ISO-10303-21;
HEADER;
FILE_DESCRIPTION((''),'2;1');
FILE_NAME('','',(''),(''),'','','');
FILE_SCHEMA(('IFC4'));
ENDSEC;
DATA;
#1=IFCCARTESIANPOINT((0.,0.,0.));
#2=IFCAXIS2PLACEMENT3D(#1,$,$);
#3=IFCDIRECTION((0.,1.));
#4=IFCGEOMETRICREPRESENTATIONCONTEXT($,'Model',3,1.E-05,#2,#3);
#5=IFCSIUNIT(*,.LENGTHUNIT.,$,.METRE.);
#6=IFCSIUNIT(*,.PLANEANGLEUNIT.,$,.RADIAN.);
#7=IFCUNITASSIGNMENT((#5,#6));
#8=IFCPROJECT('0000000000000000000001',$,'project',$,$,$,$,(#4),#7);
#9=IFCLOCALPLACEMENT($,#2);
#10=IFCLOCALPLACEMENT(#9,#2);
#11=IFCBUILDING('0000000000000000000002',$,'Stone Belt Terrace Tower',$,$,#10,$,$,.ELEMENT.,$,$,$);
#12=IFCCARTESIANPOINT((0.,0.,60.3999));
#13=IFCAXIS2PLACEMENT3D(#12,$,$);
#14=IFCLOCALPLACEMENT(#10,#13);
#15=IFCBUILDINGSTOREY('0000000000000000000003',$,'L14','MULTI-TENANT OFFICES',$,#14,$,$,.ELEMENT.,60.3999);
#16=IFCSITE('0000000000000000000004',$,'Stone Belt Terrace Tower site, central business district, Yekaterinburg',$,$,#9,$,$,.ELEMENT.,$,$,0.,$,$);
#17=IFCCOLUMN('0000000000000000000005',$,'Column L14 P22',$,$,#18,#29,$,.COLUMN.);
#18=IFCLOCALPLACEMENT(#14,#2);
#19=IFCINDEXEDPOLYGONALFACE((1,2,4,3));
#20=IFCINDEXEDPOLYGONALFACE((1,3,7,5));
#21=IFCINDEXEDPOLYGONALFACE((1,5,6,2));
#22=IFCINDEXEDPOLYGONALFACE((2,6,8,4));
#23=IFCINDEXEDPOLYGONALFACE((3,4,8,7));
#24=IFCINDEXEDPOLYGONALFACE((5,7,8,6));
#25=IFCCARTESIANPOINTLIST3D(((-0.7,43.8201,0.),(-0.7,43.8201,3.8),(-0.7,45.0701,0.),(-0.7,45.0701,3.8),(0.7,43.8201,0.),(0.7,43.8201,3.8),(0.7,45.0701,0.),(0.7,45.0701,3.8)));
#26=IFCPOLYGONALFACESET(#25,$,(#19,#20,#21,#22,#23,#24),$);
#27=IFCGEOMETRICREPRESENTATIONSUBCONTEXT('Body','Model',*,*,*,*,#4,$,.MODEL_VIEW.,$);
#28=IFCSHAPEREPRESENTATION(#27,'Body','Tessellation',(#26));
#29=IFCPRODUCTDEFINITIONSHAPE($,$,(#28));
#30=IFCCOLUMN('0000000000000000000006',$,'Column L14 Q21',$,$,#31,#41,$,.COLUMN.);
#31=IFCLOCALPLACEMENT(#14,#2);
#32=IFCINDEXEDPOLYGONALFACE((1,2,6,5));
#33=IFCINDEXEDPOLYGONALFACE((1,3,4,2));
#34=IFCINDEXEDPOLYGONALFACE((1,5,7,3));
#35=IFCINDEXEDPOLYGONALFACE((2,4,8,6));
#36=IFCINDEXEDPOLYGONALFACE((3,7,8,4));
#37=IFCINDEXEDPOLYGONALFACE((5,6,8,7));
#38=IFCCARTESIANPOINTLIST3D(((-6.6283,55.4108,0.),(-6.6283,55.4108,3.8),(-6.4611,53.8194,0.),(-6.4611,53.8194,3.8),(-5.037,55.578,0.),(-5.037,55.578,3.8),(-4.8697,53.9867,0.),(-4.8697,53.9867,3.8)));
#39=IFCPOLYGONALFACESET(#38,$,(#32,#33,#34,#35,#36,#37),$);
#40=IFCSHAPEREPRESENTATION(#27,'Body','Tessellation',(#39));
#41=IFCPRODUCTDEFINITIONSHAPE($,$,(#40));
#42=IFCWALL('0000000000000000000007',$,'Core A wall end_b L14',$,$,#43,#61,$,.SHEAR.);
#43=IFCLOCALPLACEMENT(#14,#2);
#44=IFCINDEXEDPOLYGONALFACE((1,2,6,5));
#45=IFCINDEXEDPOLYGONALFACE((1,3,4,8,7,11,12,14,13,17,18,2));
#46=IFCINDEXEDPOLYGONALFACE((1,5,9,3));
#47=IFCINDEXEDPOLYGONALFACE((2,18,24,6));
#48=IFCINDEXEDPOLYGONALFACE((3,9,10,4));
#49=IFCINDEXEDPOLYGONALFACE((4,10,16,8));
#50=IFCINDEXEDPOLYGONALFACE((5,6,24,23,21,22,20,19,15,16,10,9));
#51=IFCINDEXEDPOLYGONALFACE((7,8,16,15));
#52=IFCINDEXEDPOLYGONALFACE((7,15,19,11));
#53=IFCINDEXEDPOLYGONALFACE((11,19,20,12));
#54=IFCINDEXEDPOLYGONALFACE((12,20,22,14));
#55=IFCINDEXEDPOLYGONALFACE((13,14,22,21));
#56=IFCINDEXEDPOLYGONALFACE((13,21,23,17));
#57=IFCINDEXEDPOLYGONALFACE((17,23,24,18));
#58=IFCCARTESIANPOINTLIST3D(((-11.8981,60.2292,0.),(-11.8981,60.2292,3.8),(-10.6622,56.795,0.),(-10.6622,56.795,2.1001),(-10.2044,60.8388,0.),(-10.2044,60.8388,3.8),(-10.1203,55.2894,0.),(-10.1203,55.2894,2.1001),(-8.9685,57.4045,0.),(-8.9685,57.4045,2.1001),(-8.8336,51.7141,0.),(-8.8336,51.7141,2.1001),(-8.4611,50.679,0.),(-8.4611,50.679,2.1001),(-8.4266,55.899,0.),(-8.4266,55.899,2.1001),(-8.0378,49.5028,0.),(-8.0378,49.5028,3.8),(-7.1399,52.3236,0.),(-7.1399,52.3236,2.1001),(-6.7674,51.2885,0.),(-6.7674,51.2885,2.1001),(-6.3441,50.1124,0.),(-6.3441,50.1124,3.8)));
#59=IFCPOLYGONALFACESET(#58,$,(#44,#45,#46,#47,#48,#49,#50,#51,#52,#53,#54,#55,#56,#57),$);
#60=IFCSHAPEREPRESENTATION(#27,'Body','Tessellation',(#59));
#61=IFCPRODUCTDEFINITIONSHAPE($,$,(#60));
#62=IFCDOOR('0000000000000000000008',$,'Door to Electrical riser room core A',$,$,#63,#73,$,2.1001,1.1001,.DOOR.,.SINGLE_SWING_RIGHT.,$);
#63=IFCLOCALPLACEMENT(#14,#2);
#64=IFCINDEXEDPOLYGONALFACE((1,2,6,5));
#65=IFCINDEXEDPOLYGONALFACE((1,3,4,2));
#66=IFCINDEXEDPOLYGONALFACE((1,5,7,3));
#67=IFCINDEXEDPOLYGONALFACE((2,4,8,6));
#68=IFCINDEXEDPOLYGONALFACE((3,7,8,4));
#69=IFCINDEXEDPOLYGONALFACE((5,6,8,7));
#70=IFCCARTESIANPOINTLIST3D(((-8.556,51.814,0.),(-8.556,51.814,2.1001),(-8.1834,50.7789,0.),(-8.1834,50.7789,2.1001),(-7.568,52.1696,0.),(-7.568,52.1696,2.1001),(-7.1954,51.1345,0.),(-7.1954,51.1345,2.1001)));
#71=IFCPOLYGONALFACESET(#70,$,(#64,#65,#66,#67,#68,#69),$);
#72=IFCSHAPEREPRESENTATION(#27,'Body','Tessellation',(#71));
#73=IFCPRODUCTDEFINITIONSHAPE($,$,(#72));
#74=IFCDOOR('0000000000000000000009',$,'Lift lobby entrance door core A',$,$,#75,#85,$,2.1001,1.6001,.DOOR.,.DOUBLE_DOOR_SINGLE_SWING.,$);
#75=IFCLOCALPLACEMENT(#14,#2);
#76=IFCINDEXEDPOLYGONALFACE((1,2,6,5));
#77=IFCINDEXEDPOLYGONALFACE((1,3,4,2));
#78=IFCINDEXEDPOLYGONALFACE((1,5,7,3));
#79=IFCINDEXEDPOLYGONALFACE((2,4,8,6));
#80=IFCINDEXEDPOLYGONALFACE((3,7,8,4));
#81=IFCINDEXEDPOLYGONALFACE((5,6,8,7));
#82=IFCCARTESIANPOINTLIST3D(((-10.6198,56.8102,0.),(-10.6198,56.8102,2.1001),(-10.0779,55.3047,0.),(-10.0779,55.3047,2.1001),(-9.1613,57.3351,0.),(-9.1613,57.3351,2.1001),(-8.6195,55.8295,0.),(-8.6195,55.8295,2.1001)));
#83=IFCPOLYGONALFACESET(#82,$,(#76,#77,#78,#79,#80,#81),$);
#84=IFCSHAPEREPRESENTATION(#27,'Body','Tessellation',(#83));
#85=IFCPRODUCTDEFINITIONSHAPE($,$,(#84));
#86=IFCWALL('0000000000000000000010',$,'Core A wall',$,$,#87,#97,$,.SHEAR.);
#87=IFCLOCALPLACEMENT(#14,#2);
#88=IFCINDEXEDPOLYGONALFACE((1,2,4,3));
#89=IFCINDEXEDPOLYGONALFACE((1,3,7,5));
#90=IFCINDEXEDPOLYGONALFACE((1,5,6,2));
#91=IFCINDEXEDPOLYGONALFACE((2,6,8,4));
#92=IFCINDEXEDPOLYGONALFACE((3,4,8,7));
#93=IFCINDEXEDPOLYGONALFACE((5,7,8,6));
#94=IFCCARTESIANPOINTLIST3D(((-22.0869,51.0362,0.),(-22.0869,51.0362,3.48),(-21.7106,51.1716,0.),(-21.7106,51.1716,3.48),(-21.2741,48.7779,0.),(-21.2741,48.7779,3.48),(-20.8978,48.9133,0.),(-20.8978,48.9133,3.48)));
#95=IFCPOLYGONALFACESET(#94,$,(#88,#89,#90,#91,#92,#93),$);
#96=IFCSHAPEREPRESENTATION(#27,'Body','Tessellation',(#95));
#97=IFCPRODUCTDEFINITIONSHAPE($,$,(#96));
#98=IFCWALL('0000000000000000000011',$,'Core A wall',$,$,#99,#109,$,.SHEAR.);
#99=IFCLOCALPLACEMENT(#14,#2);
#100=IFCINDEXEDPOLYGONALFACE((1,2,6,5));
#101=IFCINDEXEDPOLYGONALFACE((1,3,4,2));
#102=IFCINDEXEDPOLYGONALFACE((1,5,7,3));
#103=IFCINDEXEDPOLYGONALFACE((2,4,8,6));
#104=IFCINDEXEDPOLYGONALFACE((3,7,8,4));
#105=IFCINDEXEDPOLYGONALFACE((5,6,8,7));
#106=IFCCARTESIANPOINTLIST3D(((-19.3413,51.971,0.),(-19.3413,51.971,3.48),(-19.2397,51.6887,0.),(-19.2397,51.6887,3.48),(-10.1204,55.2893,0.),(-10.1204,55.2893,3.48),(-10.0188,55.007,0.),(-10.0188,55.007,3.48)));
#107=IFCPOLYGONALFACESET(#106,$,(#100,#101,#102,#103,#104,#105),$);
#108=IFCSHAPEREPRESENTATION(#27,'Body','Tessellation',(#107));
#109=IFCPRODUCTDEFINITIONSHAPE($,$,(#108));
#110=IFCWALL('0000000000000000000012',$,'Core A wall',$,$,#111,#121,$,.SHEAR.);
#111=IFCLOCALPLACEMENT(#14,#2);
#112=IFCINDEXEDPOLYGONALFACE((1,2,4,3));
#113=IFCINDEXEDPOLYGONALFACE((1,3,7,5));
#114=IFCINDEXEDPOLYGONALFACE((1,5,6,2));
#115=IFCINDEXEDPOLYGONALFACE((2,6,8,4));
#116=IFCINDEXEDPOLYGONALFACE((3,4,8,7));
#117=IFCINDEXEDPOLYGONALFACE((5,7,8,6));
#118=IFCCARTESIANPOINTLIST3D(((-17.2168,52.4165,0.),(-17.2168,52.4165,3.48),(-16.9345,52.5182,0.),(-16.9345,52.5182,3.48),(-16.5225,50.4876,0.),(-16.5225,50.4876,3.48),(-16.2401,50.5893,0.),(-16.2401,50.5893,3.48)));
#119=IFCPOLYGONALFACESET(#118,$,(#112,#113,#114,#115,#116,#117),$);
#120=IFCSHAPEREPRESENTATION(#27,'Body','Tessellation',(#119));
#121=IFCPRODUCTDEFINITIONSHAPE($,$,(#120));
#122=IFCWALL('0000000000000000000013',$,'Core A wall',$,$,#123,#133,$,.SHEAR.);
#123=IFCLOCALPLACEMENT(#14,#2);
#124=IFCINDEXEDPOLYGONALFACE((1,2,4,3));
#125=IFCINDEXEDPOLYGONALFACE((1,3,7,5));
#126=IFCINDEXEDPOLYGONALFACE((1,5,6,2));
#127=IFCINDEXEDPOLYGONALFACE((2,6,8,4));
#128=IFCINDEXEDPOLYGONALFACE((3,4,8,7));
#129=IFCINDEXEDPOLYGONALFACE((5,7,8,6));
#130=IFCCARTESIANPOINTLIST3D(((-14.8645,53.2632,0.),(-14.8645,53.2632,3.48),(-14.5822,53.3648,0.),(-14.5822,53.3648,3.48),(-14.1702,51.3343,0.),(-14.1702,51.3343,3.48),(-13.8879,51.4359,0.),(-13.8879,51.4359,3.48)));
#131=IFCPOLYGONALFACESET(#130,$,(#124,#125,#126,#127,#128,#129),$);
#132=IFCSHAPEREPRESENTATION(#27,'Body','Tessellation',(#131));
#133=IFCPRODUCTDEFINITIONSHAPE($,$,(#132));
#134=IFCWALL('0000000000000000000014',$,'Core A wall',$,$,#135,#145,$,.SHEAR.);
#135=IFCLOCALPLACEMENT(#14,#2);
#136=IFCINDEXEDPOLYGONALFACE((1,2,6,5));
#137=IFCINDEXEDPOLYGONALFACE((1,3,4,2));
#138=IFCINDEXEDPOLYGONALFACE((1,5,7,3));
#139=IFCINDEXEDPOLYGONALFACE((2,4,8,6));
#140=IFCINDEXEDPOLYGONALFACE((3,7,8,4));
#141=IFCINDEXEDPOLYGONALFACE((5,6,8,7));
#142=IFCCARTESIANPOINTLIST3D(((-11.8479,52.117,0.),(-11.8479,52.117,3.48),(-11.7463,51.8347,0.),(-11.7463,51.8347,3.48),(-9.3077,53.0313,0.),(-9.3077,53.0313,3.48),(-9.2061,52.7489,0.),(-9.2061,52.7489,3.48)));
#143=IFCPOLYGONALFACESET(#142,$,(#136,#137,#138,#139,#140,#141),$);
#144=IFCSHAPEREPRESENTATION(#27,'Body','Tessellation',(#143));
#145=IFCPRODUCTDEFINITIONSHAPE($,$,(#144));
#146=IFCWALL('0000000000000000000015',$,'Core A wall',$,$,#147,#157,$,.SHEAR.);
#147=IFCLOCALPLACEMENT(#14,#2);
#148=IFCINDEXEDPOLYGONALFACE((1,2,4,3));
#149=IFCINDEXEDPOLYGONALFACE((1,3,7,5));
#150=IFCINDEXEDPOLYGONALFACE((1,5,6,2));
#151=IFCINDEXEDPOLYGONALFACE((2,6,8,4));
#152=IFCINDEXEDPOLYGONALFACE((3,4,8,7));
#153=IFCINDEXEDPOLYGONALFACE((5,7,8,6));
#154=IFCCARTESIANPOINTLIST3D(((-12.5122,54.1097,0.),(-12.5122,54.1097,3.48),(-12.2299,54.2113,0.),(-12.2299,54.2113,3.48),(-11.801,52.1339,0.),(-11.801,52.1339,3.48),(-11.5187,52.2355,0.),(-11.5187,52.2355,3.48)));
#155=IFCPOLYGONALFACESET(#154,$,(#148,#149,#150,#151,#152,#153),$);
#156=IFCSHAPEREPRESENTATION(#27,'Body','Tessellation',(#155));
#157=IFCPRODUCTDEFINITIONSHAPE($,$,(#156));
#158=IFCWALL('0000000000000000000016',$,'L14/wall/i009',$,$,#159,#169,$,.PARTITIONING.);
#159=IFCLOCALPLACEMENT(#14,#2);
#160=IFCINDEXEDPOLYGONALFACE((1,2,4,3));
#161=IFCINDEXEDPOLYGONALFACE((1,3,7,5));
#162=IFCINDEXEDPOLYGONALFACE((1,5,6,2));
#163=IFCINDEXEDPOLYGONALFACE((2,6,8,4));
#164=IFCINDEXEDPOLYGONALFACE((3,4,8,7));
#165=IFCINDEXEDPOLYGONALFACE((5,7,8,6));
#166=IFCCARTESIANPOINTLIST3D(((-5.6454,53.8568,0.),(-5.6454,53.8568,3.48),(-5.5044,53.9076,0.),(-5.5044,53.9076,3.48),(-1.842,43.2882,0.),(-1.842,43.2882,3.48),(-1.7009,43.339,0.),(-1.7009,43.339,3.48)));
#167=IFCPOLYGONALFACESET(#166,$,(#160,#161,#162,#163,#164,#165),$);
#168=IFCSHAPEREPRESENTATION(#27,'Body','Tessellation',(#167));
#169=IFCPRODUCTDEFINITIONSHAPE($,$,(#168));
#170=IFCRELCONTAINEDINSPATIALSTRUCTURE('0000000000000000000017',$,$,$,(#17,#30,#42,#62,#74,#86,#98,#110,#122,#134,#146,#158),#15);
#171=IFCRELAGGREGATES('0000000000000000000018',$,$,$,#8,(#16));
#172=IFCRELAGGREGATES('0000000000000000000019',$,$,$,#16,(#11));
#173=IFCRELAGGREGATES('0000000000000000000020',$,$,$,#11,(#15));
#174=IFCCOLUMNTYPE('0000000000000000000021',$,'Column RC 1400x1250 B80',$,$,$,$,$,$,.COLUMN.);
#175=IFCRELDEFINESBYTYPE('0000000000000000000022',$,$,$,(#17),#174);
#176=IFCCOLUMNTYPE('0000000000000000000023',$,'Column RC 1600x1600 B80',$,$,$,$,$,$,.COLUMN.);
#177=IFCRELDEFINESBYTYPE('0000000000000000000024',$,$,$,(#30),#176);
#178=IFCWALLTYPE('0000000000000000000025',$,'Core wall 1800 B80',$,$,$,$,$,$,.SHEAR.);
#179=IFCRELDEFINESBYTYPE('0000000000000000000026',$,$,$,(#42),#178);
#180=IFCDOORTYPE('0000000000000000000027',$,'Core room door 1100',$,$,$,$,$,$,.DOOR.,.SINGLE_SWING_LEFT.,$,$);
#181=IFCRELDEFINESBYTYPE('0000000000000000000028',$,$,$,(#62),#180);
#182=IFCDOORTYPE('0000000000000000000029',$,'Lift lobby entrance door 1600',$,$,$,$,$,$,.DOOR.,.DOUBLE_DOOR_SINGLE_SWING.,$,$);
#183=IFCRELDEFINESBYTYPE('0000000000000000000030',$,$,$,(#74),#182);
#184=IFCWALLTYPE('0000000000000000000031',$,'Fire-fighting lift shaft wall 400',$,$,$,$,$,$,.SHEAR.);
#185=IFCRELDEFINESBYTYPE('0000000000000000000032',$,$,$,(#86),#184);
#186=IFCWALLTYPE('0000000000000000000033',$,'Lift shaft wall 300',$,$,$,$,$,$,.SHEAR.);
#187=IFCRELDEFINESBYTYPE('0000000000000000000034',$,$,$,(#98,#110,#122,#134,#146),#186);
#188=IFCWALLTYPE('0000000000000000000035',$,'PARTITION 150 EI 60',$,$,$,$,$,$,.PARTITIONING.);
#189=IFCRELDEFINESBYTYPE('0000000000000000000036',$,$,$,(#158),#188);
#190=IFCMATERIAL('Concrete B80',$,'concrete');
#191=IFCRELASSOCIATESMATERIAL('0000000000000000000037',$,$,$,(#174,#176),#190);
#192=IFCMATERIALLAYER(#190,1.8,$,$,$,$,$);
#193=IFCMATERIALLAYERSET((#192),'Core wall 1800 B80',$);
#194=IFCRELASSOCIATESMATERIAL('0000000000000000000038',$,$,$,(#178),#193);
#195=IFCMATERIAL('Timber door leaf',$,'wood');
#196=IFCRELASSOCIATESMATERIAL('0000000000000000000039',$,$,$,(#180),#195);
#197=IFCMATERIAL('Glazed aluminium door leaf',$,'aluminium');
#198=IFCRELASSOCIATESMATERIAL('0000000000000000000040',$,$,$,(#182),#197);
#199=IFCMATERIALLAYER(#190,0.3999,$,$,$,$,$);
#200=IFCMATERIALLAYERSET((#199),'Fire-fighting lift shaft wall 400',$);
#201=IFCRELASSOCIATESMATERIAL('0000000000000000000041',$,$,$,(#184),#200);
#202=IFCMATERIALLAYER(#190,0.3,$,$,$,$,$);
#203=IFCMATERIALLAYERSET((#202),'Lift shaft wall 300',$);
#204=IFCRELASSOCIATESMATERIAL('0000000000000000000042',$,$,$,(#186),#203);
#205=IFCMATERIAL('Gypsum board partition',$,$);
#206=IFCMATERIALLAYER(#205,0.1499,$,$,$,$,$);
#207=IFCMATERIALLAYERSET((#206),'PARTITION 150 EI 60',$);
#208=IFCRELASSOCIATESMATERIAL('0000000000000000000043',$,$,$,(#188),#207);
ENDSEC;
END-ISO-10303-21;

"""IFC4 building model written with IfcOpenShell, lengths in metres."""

from ifc_helpers import new_model, si_unit, direction, frame, frame_2d, origin, origin_2d, place, context, subcontext, project, spatial, rectangle, extrude, material, layer, layer_set, material_profile, profile_set, type_object, element, fill, save


model = new_model("IFC4")

# Units and contexts
model_context = context("Model", 3, precision=1e-05, world=origin(), true_north=direction((0.0, 1.0)))
body_context = subcontext(model_context, "Body", "Model", "MODEL_VIEW")
ifc_project = project(units=[si_unit("LENGTHUNIT", "METRE"), si_unit("PLANEANGLEUNIT", "RADIAN")], contexts=[model_context])

# Site, building, storey
site_placement = place(None, origin())
site = spatial("IfcSite", under=ifc_project, at=site_placement, Name="Stone Belt Terrace Tower site, central business district, Yekaterinburg", CompositionType="ELEMENT", RefElevation=0.0)
building_placement = place(site_placement, origin())
building = spatial("IfcBuilding", under=site, at=building_placement, Name="Stone Belt Terrace Tower", CompositionType="ELEMENT")
storey_placement = place(building_placement, frame((0.0, 0.0, 60.3999)))
storey = spatial("IfcBuildingStorey", under=building, at=storey_placement, Name="L14", Description="MULTI-TENANT OFFICES", CompositionType="ELEMENT", Elevation=60.3999)

# Columns
ifc_material_1 = material(Name="Concrete B80", Category="concrete")
ifc_material_profile_1 = material_profile(ifc_material_1, rectangle(XDim=1.3999, YDim=1.25, at=origin_2d()), Name="RC 1400x1250")
ifc_profile_set_1 = profile_set([ifc_material_profile_1], Name="Concrete B80")
column_type_1 = type_object("IfcColumnType", Name="Column RC 1400x1250 B80", PredefinedType="COLUMN", material=ifc_profile_set_1)
column_1_placement = place(storey_placement, frame((0.0, 44.4451, 0.0), z_axis=(0.0, 0.0, 1.0), x_axis=(1.0, 0.0, 0.0)))
element("IfcColumn", 1, at=column_1_placement, inside=storey, type_object=column_type_1, Name="Column L14 P22", PredefinedType="COLUMN", context=body_context, shape_type="SweptSolid", body=[
    extrude(rectangle(XDim=1.3999, YDim=1.25, at=origin_2d()), origin(), (0.0, 0.0, 1.0), 3.8),
])
ifc_material_profile_2 = material_profile(ifc_material_1, rectangle(XDim=1.6001, YDim=1.6001, at=origin_2d()), Name="RC 1600x1600")
ifc_profile_set_2 = profile_set([ifc_material_profile_2], Name="Concrete B80")
column_type_2 = type_object("IfcColumnType", Name="Column RC 1600x1600 B80", PredefinedType="COLUMN", material=ifc_profile_set_2)
column_2_placement = place(storey_placement, frame((-5.749, 54.6987, 0.0), z_axis=(0.0, 0.0, 1.0), x_axis=(0.994522, 0.104528, 0.0)))
element("IfcColumn", 2, at=column_2_placement, inside=storey, type_object=column_type_2, Name="Column L14 Q21", PredefinedType="COLUMN", context=body_context, shape_type="SweptSolid", body=[
    extrude(rectangle(XDim=1.6001, YDim=1.6001, at=origin_2d()), origin(), (0.0, 0.0, 1.0), 3.8),
])

# Wall, openings, doors
ifc_layer_1 = layer(ifc_material_1, 1.8)
ifc_layer_set_1 = layer_set([ifc_layer_1], Name="Core wall 1800 B80")
wall_type_1 = type_object("IfcWallType", Name="Core wall 1800 B80", PredefinedType="SHEAR", material=ifc_layer_set_1)
wall_1_placement = place(storey_placement, frame((-7.1909, 49.8076, 0.0), z_axis=(0.0, 0.0, 1.0), x_axis=(-0.338632, 0.940919, 0.0)))
wall_1 = element("IfcWall", 3, at=wall_1_placement, inside=storey, type_object=wall_type_1, Name="Core A wall end_b L14", PredefinedType="SHEAR", context=body_context, shape_type="SweptSolid", body=[
    extrude(rectangle(XDim=11.3999, YDim=1.8, at=frame_2d((5.7, 0.0))), origin(), (0.0, 0.0, 1.0), 3.8),
])
opening_1_placement = place(wall_1_placement, frame((6.1499, 0.0, 0.0)))
opening_1 = element("IfcOpeningElement", 4, at=opening_1_placement, cuts=wall_1, PredefinedType="OPENING", context=body_context, shape_type="SweptSolid", body=[
    extrude(rectangle(XDim=1.6001, YDim=2.1001, at=frame_2d((0.8, 1.05))), frame((0.0, 0.9099, 0.0), z_axis=(0.0, -1.0, 0.0), x_axis=(1.0, 0.0, 0.0)), (0.0, 0.0, 1.0), 1.8201),
])
opening_2_placement = place(wall_1_placement, frame((1.25, 0.0, 0.0)))
opening_2 = element("IfcOpeningElement", 5, at=opening_2_placement, cuts=wall_1, PredefinedType="OPENING", context=body_context, shape_type="SweptSolid", body=[
    extrude(rectangle(XDim=1.1001, YDim=2.1001, at=frame_2d((0.55, 1.05))), frame((0.0, 0.9099, 0.0), z_axis=(0.0, -1.0, 0.0), x_axis=(1.0, 0.0, 0.0)), (0.0, 0.0, 1.0), 1.8201),
])
ifc_material_2 = material(Name="Timber door leaf", Category="wood")
door_type_1 = type_object("IfcDoorType", Name="Core room door 1100", OperationType="SINGLE_SWING_LEFT", PredefinedType="DOOR", material=ifc_material_2)
door_1_placement = place(opening_2_placement, origin())
door_1 = element("IfcDoor", 6, at=door_1_placement, inside=storey, type_object=door_type_1, Name="Door to Electrical riser room core A", OperationType="SINGLE_SWING_RIGHT", OverallHeight=2.1001, OverallWidth=1.1001, PredefinedType="DOOR", context=body_context, shape_type="SweptSolid", body=[
    extrude(rectangle(XDim=1.1001, YDim=2.1001, at=frame_2d((0.55, 1.05))), frame((0.0, 0.605, 0.0), z_axis=(0.0, -1.0, 0.0), x_axis=(1.0, 0.0, 0.0)), (0.0, 0.0, 1.0), 1.05),
])
fill(opening_2, door_1)
ifc_material_3 = material(Name="Glazed aluminium door leaf", Category="aluminium")
door_type_2 = type_object("IfcDoorType", Name="Lift lobby entrance door 1600", OperationType="DOUBLE_DOOR_SINGLE_SWING", PredefinedType="DOOR", material=ifc_material_3)
door_2_placement = place(opening_1_placement, origin())
door_2 = element("IfcDoor", 7, at=door_2_placement, inside=storey, type_object=door_type_2, Name="Lift lobby entrance door core A", OperationType="DOUBLE_DOOR_SINGLE_SWING", OverallHeight=2.1001, OverallWidth=1.6001, PredefinedType="DOOR", context=body_context, shape_type="SweptSolid", body=[
    extrude(rectangle(XDim=1.6001, YDim=2.1001, at=frame_2d((0.8, 1.05))), frame((0.0, 0.855, 0.0), z_axis=(0.0, -1.0, 0.0), x_axis=(1.0, 0.0, 0.0)), (0.0, 0.0, 1.0), 1.55),
])
fill(opening_1, door_2)

# Walls
ifc_layer_2 = layer(ifc_material_1, 0.3999)
ifc_layer_set_2 = layer_set([ifc_layer_2], Name="Fire-fighting lift shaft wall 400")
wall_type_2 = type_object("IfcWallType", Name="Fire-fighting lift shaft wall 400", PredefinedType="SHEAR", material=ifc_layer_set_2)
wall_2_placement = place(storey_placement, frame((-21.0859, 48.8455, 0.0), z_axis=(0.0, 0.0, 1.0), x_axis=(-0.338629, 0.94092, 0.0)))
element("IfcWall", 8, at=wall_2_placement, inside=storey, type_object=wall_type_2, Name="Core A wall", PredefinedType="SHEAR", context=body_context, shape_type="SweptSolid", body=[
    extrude(rectangle(XDim=2.4001, YDim=0.3999, at=frame_2d((1.2002, 0.0))), origin(), (0.0, 0.0, 1.0), 3.48),
])
ifc_layer_3 = layer(ifc_material_1, 0.3)
ifc_layer_set_3 = layer_set([ifc_layer_3], Name="Lift shaft wall 300")
wall_type_3 = type_object("IfcWallType", Name="Lift shaft wall 300", PredefinedType="SHEAR", material=ifc_layer_set_3)
wall_3_placement = place(storey_placement, frame((-19.2905, 51.8298, 0.0), z_axis=(0.0, 0.0, 1.0), x_axis=(0.940926, 0.338613, 0.0)))
element("IfcWall", 9, at=wall_3_placement, inside=storey, type_object=wall_type_3, Name="Core A wall", PredefinedType="SHEAR", context=body_context, shape_type="SweptSolid", body=[
    extrude(rectangle(XDim=9.7998, YDim=0.3, at=frame_2d((4.8999, 0.0))), origin(), (0.0, 0.0, 1.0), 3.48),
])
for number, where, z_axis, x_axis, name in (
    (10, (-16.3813, 50.5386, 0.0), (0.0, 0.0, 1.0), (-0.338682, 0.940901, 0.0), "Core A wall"),
    (11, (-14.0291, 51.3853, 0.0), (0.0, 0.0, 1.0), (-0.338682, 0.940901, 0.0), "Core A wall"),
):
    element("IfcWall", number, at=place(storey_placement, frame(where, z_axis=z_axis, x_axis=x_axis)), inside=storey, type_object=wall_type_3, Name=name, PredefinedType="SHEAR", context=body_context, shape_type="SweptSolid", body=[
        extrude(rectangle(XDim=2.05, YDim=0.3, at=frame_2d((1.0249, 0.0))), origin(), (0.0, 0.0, 1.0), 3.48),
    ])
wall_4_placement = place(storey_placement, frame((-11.7971, 51.9758, 0.0), z_axis=(0.0, 0.0, 1.0), x_axis=(0.94091, 0.338655, 0.0)))
element("IfcWall", 12, at=wall_4_placement, inside=storey, type_object=wall_type_3, Name="Core A wall", PredefinedType="SHEAR", context=body_context, shape_type="SweptSolid", body=[
    extrude(rectangle(XDim=2.6997, YDim=0.3, at=frame_2d((1.3499, 0.0))), origin(), (0.0, 0.0, 1.0), 3.48),
])
wall_5_placement = place(storey_placement, frame((-11.6599, 52.1848, 0.0), z_axis=(0.0, 0.0, 1.0), x_axis=(-0.33867, 0.940905, 0.0)))
element("IfcWall", 13, at=wall_5_placement, inside=storey, type_object=wall_type_3, Name="Core A wall", PredefinedType="SHEAR", context=body_context, shape_type="SweptSolid", body=[
    extrude(rectangle(XDim=2.0999, YDim=0.3, at=frame_2d((1.0498, 0.0))), origin(), (0.0, 0.0, 1.0), 3.48),
])
ifc_material_4 = material(Name="Gypsum board partition")
ifc_layer_4 = layer(ifc_material_4, 0.1499)
ifc_layer_set_4 = layer_set([ifc_layer_4], Name="PARTITION 150 EI 60")
wall_type_4 = type_object("IfcWallType", Name="PARTITION 150 EI 60", PredefinedType="PARTITIONING", material=ifc_layer_set_4)
wall_6_placement = place(storey_placement, frame((-5.575, 53.8823, 0.0), z_axis=(0.0, 0.0, 1.0), x_axis=(0.338622, -0.940922, 0.0)))
element("IfcWall", 14, at=wall_6_placement, inside=storey, type_object=wall_type_4, Name="L14/wall/i009", PredefinedType="PARTITIONING", context=body_context, shape_type="SweptSolid", body=[
    extrude(rectangle(XDim=11.2322, YDim=0.1499, at=frame_2d((5.6162, 0.0))), origin(), (0.0, 0.0, 1.0), 3.48),
])

save(model, "model.ifc")
